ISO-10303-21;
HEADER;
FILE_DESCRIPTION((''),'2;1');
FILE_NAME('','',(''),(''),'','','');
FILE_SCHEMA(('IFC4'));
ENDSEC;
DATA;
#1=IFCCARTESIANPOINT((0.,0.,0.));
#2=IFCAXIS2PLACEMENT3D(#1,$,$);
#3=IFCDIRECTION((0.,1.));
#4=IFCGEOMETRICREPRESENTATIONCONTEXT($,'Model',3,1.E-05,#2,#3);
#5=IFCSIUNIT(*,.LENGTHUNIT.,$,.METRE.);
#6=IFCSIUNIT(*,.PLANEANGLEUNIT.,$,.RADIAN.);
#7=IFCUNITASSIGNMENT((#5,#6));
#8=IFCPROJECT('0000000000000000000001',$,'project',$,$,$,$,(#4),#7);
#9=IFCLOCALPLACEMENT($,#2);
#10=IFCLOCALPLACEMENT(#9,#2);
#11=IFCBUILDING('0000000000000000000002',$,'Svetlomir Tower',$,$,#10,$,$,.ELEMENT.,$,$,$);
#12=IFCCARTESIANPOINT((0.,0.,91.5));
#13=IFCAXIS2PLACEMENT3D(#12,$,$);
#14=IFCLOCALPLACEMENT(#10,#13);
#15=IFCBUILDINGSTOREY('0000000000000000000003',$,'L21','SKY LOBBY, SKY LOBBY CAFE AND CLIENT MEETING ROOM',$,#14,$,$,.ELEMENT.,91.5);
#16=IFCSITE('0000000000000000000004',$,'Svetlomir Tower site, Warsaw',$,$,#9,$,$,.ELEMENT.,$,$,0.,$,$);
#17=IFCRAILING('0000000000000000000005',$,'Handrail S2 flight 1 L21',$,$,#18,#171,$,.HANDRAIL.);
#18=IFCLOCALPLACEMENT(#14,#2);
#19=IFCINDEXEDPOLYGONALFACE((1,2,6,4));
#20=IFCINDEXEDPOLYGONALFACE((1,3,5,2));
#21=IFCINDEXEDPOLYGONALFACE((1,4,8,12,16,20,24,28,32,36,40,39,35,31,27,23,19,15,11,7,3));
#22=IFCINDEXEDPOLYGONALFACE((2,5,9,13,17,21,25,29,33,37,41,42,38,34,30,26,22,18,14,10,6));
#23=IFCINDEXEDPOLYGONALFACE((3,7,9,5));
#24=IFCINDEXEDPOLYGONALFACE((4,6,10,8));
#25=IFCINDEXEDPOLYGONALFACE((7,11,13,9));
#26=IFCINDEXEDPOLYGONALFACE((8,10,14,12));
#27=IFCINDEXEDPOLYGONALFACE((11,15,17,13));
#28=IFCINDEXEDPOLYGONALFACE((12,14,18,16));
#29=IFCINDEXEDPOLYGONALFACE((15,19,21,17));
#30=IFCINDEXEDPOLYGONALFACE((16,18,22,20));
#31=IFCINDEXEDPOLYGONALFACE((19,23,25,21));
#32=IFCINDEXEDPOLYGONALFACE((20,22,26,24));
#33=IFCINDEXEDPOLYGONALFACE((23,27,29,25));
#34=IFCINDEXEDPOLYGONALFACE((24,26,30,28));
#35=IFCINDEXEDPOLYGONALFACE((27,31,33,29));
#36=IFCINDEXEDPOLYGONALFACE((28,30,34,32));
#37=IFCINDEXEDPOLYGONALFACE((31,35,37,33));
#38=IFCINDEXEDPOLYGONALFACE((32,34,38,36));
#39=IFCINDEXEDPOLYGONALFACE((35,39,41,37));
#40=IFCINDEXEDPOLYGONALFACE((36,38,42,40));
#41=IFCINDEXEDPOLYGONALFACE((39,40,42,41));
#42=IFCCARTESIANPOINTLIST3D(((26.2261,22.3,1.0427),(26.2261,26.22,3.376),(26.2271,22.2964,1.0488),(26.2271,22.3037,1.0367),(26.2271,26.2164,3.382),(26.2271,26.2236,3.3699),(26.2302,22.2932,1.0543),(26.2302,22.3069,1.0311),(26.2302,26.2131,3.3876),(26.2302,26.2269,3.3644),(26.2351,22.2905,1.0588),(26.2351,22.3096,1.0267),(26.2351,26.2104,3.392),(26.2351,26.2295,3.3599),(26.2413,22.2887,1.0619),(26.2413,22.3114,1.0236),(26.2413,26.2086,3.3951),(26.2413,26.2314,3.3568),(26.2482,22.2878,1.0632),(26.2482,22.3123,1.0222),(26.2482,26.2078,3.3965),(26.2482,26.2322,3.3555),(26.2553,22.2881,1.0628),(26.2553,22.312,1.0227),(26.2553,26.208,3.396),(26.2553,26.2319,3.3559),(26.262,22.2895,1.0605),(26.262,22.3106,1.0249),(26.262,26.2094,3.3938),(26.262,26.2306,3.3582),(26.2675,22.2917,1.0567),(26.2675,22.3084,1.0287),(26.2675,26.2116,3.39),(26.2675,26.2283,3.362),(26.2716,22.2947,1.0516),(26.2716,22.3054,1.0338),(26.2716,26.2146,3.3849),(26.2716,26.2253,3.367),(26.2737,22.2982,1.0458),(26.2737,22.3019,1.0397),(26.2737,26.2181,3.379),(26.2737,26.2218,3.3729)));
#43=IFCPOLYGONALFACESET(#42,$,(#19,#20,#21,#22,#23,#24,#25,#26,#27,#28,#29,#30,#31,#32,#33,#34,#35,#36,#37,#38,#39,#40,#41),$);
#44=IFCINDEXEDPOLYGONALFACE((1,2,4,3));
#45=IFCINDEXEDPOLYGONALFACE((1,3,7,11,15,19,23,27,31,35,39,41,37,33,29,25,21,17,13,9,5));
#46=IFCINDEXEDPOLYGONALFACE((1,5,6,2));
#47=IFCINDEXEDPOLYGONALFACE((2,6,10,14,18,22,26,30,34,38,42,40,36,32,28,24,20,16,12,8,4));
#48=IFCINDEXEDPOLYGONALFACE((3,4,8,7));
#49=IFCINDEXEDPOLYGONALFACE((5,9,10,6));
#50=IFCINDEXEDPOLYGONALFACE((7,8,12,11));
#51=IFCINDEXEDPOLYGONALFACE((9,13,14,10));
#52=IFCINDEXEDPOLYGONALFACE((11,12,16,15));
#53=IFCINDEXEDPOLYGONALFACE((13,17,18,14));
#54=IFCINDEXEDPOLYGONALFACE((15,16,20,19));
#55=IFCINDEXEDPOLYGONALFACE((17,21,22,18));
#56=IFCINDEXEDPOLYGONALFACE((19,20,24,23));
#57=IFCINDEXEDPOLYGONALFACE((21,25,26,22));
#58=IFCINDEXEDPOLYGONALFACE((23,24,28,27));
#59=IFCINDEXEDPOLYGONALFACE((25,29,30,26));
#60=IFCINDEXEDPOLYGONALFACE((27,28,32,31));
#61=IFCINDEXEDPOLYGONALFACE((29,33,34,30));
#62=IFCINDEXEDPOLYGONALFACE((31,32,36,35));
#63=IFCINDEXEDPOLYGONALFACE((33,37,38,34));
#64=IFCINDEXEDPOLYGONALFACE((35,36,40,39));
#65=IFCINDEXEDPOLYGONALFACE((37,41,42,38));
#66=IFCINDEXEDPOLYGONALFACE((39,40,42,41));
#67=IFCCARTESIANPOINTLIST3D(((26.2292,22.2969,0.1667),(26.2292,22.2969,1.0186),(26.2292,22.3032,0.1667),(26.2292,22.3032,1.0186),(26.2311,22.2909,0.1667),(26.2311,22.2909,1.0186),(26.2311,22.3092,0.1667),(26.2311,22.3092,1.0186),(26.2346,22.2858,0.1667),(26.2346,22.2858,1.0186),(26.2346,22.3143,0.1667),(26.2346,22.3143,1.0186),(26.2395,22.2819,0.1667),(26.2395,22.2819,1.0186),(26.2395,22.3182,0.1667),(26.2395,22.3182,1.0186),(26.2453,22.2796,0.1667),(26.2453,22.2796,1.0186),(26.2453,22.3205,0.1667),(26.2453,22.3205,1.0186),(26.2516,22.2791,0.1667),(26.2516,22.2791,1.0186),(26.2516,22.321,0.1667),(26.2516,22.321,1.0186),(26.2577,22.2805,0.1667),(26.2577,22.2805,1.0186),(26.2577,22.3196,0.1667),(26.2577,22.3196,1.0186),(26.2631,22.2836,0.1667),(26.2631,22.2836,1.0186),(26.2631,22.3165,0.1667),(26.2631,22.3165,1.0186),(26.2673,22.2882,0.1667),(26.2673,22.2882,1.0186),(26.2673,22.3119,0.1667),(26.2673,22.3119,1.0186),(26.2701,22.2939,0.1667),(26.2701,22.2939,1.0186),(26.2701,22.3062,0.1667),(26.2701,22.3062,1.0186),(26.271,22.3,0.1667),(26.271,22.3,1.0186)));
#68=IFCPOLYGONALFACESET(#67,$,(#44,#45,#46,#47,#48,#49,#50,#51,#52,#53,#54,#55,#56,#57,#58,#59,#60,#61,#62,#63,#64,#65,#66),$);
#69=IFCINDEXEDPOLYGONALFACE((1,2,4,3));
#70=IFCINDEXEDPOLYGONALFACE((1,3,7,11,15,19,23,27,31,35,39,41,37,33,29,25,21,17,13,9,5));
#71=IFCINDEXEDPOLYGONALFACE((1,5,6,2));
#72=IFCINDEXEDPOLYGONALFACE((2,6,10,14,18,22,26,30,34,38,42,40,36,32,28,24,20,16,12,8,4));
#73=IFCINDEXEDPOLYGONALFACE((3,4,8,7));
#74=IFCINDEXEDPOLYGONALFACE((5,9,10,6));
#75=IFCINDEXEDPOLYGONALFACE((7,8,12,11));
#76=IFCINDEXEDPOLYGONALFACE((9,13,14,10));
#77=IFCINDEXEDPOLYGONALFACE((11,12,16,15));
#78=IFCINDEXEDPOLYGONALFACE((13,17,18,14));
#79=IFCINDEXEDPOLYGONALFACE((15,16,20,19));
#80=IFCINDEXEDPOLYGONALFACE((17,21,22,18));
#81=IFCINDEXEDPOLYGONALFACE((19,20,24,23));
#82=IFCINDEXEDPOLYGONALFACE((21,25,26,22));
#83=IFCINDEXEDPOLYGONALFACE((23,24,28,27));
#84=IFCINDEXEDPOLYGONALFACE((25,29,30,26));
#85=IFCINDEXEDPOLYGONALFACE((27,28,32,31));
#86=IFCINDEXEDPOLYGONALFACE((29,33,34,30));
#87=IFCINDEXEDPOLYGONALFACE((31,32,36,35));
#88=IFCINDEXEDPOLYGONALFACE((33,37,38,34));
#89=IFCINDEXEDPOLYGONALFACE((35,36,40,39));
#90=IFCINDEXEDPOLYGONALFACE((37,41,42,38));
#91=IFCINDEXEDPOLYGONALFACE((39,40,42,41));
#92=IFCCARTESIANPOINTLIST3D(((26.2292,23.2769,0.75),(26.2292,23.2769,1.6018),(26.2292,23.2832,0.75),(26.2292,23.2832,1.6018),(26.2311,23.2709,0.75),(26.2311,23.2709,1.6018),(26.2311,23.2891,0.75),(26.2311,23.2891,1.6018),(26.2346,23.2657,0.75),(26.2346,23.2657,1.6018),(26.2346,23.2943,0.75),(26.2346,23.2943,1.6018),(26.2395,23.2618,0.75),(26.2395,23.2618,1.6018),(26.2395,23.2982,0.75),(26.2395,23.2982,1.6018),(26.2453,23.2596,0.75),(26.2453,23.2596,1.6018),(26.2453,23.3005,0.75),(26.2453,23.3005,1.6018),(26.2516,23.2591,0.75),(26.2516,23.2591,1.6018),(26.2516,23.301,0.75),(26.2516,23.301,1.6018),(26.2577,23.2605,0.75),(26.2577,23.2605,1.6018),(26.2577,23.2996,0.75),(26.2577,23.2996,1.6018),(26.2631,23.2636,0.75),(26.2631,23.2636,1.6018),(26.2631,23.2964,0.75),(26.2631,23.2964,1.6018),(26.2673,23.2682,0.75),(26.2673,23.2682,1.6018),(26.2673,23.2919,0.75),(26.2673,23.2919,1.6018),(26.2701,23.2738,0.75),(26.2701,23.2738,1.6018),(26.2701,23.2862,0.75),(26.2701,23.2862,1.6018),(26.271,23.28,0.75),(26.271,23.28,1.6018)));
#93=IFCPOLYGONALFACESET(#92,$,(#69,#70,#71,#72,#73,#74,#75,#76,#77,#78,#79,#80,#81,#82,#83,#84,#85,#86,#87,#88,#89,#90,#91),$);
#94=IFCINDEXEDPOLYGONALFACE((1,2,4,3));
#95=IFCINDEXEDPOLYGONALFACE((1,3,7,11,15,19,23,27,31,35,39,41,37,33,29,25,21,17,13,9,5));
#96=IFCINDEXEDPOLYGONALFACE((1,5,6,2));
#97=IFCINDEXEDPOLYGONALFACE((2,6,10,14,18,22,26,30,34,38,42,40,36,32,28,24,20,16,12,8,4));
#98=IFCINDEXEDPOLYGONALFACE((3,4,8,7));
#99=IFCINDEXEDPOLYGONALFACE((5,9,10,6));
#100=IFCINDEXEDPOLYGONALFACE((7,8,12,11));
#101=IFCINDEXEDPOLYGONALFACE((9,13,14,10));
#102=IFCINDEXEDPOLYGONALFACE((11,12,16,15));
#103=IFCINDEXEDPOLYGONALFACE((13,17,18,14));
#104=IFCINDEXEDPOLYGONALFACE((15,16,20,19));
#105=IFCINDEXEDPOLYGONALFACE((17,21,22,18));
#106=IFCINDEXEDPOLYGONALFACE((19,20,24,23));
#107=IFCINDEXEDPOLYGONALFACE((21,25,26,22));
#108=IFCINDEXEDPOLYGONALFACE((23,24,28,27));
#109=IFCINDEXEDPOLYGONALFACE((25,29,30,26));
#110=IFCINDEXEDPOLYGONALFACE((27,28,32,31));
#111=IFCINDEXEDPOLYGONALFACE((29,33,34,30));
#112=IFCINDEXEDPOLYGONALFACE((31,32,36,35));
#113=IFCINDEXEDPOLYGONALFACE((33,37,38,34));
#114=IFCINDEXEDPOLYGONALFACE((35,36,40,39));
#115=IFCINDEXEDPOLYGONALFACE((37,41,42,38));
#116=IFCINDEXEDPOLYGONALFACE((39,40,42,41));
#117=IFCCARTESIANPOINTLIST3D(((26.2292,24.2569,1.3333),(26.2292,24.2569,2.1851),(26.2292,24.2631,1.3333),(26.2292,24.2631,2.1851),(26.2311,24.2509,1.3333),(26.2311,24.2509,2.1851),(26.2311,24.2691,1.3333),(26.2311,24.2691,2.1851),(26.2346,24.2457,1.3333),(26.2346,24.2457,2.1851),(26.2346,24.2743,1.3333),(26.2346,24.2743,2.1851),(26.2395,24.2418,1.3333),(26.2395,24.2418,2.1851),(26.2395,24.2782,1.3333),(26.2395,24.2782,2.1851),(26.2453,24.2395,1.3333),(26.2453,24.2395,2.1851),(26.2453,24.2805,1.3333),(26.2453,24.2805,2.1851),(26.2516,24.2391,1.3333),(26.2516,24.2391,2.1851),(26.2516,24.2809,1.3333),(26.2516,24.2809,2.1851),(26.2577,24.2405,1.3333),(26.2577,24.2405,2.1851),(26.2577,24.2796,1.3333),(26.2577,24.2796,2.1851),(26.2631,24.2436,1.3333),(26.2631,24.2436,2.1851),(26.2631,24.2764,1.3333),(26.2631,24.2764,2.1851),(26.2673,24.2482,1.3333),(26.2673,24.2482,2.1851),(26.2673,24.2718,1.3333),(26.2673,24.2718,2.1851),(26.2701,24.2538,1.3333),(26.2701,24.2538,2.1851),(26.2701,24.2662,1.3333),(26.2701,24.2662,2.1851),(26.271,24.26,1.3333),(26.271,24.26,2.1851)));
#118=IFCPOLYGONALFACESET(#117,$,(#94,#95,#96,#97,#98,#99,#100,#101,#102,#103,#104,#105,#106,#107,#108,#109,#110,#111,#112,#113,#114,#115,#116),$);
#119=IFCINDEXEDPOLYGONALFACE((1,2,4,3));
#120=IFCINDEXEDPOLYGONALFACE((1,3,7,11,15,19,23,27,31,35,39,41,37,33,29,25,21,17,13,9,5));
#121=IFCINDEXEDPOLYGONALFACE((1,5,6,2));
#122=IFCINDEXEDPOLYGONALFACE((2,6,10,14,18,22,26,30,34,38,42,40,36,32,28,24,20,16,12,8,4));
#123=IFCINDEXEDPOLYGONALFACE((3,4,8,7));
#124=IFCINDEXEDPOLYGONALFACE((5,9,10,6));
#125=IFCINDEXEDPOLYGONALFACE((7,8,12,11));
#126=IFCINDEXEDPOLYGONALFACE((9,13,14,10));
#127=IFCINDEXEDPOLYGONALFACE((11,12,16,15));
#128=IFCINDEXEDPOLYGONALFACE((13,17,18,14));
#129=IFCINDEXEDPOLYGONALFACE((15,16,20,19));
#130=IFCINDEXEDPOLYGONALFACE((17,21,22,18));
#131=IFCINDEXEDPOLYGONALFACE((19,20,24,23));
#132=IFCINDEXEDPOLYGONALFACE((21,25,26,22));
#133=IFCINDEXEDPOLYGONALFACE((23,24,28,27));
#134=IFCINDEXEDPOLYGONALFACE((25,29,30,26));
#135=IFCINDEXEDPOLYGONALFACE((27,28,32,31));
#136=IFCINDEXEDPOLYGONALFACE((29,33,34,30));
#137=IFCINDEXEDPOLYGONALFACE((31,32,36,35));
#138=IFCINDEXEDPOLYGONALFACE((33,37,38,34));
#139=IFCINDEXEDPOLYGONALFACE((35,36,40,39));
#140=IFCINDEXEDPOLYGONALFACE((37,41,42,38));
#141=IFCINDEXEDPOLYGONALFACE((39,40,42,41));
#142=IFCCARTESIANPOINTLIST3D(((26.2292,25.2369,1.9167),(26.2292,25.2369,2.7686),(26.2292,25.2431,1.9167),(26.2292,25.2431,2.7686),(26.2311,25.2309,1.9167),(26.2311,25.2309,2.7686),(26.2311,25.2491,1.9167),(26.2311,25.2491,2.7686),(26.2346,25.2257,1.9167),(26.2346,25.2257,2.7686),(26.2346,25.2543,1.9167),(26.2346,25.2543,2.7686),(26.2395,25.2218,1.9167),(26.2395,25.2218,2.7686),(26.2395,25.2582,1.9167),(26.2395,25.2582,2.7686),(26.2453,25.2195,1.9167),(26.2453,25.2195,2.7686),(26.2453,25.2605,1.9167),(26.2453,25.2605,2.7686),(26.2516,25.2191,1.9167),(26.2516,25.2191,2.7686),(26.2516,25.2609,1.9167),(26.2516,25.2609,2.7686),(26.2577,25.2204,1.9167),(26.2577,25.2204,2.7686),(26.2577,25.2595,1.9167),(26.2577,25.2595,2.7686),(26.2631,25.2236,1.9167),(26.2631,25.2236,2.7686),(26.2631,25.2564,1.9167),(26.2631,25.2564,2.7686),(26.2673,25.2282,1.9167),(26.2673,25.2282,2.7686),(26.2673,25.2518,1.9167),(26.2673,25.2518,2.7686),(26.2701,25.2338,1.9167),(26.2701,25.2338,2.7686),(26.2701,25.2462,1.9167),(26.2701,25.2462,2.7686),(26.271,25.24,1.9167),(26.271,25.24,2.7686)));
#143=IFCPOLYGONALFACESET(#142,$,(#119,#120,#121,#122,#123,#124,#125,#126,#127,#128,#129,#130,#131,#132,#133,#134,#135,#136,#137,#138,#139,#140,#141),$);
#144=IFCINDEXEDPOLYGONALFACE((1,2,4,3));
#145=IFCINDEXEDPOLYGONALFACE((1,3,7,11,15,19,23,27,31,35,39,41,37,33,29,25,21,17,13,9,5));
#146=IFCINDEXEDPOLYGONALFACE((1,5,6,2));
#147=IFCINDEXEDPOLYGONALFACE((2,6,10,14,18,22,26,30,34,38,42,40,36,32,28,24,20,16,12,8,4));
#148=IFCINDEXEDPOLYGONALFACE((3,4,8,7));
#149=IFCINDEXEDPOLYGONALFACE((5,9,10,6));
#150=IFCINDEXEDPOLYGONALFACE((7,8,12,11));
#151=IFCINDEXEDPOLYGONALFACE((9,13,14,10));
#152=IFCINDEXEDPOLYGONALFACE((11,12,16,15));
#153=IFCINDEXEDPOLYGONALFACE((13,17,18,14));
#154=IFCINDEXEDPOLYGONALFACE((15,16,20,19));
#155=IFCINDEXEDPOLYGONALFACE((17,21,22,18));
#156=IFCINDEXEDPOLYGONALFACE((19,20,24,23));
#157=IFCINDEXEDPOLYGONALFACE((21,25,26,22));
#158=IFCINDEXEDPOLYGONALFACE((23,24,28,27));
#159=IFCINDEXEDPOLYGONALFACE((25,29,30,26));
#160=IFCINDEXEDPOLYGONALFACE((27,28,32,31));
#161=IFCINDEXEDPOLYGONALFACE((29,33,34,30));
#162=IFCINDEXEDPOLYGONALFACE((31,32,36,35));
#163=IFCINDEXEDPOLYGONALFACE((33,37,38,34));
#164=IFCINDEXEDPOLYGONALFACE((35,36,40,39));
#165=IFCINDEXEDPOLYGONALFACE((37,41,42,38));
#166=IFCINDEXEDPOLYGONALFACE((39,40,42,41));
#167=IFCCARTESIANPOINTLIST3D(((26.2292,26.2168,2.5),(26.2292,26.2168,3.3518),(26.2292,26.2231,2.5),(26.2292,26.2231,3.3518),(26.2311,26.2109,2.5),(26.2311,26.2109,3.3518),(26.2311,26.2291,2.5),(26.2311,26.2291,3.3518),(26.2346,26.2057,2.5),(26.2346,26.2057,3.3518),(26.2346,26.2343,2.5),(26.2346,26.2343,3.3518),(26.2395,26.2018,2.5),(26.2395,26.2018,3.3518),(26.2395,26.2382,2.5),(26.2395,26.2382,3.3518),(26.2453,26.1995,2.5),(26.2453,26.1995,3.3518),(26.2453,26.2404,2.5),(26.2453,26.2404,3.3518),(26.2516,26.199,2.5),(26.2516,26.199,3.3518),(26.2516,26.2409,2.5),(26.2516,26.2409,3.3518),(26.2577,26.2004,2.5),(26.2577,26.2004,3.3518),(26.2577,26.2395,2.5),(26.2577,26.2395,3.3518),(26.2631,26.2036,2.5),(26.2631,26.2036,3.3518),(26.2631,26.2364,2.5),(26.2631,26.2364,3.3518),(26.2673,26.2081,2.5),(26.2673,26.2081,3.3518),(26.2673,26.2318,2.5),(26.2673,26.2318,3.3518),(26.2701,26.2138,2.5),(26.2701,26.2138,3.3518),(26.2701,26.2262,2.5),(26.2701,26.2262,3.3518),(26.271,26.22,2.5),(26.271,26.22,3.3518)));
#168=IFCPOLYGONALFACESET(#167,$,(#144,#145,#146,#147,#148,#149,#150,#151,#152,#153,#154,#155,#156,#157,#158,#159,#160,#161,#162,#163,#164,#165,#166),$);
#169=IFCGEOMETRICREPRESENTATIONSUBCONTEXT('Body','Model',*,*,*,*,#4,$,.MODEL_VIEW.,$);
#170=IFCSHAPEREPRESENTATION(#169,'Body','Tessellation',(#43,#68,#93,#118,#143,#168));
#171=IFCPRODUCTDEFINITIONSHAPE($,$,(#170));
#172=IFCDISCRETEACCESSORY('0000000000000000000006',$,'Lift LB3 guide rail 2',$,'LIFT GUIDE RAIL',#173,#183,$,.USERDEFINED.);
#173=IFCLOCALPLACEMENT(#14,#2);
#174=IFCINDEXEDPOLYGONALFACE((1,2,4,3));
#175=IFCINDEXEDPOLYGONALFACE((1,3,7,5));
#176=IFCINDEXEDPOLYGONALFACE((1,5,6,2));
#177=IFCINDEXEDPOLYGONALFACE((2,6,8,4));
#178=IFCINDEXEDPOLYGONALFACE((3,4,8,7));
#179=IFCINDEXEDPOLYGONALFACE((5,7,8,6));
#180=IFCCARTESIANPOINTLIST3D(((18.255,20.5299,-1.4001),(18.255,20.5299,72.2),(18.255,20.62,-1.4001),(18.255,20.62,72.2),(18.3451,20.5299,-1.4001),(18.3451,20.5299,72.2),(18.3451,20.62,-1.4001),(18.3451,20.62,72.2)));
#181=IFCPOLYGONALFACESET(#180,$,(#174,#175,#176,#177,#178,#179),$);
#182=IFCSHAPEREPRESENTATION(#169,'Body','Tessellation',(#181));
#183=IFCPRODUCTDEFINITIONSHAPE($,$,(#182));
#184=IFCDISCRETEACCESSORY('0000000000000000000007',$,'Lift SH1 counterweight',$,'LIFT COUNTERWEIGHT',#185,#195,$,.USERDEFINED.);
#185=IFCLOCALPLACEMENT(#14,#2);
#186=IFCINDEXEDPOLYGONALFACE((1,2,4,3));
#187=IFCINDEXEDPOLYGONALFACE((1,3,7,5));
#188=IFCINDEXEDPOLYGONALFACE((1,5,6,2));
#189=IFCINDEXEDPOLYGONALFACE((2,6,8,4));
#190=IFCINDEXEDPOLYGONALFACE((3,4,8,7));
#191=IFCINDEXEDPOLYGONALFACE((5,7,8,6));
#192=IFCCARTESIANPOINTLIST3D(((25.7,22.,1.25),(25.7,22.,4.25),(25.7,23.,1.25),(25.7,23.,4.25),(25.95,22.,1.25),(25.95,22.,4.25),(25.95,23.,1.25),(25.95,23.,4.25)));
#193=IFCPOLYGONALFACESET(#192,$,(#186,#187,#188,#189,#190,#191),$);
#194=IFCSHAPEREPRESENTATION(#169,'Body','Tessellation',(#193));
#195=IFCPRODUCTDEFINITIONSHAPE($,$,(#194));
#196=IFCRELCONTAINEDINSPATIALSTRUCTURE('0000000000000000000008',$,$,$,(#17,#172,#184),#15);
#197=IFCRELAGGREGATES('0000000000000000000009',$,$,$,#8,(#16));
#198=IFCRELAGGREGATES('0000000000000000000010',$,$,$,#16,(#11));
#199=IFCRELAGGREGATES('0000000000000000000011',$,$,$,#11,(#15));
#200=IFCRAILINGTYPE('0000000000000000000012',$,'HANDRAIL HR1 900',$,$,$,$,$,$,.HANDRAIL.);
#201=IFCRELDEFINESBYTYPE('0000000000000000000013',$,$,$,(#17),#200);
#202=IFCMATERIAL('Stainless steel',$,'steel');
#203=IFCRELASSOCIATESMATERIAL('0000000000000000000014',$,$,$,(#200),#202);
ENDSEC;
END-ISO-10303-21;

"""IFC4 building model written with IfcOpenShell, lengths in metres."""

from ifc_helpers import new_model, si_unit, direction, frame, origin, origin_2d, place, context, subcontext, project, spatial, rectangle, circle, extrude, material, type_object, element, save


model = new_model("IFC4")

# Units and contexts
model_context = context("Model", 3, precision=1e-05, world=origin(), true_north=direction((0.0, 1.0)))
body_context = subcontext(model_context, "Body", "Model", "MODEL_VIEW")
ifc_project = project(units=[si_unit("LENGTHUNIT", "METRE"), si_unit("PLANEANGLEUNIT", "RADIAN")], contexts=[model_context])

# Site, building, storey
site_placement = place(None, origin())
site = spatial("IfcSite", under=ifc_project, at=site_placement, Name="Svetlomir Tower site, Warsaw", CompositionType="ELEMENT", RefElevation=0.0)
building_placement = place(site_placement, origin())
building = spatial("IfcBuilding", under=site, at=building_placement, Name="Svetlomir Tower", CompositionType="ELEMENT")
storey_placement = place(building_placement, frame((0.0, 0.0, 91.5)))
storey = spatial("IfcBuildingStorey", under=building, at=storey_placement, Name="L21", Description="SKY LOBBY, SKY LOBBY CAFE AND CLIENT MEETING ROOM", CompositionType="ELEMENT", Elevation=91.5)

# Railing
ifc_material_1 = material(Name="Stainless steel", Category="steel")
railing_type = type_object("IfcRailingType", Name="HANDRAIL HR1 900", PredefinedType="HANDRAIL", material=ifc_material_1)
railing_placement = place(storey_placement, frame((26.25, 22.3, 0.1667)))
element("IfcRailing", 1, at=railing_placement, inside=storey, type_object=railing_type, Name="Handrail S2 flight 1 L21", PredefinedType="HANDRAIL", context=body_context, shape_type="SweptSolid", body=[
    extrude(circle(Radius=0.0239, at=origin_2d()), frame((0.0, 0.0, 0.876), z_axis=(0.0, 0.859296, 0.511478), x_axis=(-1.0, 0.0, 0.0)), (0.0, 0.0, 1.0), 4.5618),
    extrude(circle(Radius=0.021, at=origin_2d()), origin(), (0.0, 0.0, 1.0), 0.8518),
    extrude(circle(Radius=0.021, at=origin_2d()), frame((0.0, 0.98, 0.5833)), (0.0, 0.0, 1.0), 0.8518),
    extrude(circle(Radius=0.021, at=origin_2d()), frame((0.0, 1.96, 1.1665)), (0.0, 0.0, 1.0), 0.8518),
    extrude(circle(Radius=0.021, at=origin_2d()), frame((0.0, 2.9399, 1.75)), (0.0, 0.0, 1.0), 0.8518),
    extrude(circle(Radius=0.021, at=origin_2d()), frame((0.0, 3.9199, 2.3333)), (0.0, 0.0, 1.0), 0.8518),
])

# Discrete accessories
discrete_accessory_1_placement = place(storey_placement, frame((18.3, 20.575, -1.4001), z_axis=(0.0, 0.0, 1.0), x_axis=(1.0, 0.0, 0.0)))
element("IfcDiscreteAccessory", 2, at=discrete_accessory_1_placement, inside=storey, Name="Lift LB3 guide rail 2", ObjectType="LIFT GUIDE RAIL", PredefinedType="USERDEFINED", context=body_context, shape_type="SweptSolid", body=[
    extrude(rectangle(XDim=0.0901, YDim=0.0901, at=origin_2d()), origin(), (0.0, 0.0, 1.0), 73.6001),
])
discrete_accessory_2_placement = place(storey_placement, frame((25.825, 22.5, 1.25), z_axis=(0.0, 0.0, 1.0), x_axis=(1.0, 0.0, 0.0)))
element("IfcDiscreteAccessory", 3, at=discrete_accessory_2_placement, inside=storey, Name="Lift SH1 counterweight", ObjectType="LIFT COUNTERWEIGHT", PredefinedType="USERDEFINED", context=body_context, shape_type="SweptSolid", body=[
    extrude(rectangle(XDim=0.25, YDim=1.0, at=origin_2d()), origin(), (0.0, 0.0, 1.0), 3.0),
])

save(model, "model.ifc")
